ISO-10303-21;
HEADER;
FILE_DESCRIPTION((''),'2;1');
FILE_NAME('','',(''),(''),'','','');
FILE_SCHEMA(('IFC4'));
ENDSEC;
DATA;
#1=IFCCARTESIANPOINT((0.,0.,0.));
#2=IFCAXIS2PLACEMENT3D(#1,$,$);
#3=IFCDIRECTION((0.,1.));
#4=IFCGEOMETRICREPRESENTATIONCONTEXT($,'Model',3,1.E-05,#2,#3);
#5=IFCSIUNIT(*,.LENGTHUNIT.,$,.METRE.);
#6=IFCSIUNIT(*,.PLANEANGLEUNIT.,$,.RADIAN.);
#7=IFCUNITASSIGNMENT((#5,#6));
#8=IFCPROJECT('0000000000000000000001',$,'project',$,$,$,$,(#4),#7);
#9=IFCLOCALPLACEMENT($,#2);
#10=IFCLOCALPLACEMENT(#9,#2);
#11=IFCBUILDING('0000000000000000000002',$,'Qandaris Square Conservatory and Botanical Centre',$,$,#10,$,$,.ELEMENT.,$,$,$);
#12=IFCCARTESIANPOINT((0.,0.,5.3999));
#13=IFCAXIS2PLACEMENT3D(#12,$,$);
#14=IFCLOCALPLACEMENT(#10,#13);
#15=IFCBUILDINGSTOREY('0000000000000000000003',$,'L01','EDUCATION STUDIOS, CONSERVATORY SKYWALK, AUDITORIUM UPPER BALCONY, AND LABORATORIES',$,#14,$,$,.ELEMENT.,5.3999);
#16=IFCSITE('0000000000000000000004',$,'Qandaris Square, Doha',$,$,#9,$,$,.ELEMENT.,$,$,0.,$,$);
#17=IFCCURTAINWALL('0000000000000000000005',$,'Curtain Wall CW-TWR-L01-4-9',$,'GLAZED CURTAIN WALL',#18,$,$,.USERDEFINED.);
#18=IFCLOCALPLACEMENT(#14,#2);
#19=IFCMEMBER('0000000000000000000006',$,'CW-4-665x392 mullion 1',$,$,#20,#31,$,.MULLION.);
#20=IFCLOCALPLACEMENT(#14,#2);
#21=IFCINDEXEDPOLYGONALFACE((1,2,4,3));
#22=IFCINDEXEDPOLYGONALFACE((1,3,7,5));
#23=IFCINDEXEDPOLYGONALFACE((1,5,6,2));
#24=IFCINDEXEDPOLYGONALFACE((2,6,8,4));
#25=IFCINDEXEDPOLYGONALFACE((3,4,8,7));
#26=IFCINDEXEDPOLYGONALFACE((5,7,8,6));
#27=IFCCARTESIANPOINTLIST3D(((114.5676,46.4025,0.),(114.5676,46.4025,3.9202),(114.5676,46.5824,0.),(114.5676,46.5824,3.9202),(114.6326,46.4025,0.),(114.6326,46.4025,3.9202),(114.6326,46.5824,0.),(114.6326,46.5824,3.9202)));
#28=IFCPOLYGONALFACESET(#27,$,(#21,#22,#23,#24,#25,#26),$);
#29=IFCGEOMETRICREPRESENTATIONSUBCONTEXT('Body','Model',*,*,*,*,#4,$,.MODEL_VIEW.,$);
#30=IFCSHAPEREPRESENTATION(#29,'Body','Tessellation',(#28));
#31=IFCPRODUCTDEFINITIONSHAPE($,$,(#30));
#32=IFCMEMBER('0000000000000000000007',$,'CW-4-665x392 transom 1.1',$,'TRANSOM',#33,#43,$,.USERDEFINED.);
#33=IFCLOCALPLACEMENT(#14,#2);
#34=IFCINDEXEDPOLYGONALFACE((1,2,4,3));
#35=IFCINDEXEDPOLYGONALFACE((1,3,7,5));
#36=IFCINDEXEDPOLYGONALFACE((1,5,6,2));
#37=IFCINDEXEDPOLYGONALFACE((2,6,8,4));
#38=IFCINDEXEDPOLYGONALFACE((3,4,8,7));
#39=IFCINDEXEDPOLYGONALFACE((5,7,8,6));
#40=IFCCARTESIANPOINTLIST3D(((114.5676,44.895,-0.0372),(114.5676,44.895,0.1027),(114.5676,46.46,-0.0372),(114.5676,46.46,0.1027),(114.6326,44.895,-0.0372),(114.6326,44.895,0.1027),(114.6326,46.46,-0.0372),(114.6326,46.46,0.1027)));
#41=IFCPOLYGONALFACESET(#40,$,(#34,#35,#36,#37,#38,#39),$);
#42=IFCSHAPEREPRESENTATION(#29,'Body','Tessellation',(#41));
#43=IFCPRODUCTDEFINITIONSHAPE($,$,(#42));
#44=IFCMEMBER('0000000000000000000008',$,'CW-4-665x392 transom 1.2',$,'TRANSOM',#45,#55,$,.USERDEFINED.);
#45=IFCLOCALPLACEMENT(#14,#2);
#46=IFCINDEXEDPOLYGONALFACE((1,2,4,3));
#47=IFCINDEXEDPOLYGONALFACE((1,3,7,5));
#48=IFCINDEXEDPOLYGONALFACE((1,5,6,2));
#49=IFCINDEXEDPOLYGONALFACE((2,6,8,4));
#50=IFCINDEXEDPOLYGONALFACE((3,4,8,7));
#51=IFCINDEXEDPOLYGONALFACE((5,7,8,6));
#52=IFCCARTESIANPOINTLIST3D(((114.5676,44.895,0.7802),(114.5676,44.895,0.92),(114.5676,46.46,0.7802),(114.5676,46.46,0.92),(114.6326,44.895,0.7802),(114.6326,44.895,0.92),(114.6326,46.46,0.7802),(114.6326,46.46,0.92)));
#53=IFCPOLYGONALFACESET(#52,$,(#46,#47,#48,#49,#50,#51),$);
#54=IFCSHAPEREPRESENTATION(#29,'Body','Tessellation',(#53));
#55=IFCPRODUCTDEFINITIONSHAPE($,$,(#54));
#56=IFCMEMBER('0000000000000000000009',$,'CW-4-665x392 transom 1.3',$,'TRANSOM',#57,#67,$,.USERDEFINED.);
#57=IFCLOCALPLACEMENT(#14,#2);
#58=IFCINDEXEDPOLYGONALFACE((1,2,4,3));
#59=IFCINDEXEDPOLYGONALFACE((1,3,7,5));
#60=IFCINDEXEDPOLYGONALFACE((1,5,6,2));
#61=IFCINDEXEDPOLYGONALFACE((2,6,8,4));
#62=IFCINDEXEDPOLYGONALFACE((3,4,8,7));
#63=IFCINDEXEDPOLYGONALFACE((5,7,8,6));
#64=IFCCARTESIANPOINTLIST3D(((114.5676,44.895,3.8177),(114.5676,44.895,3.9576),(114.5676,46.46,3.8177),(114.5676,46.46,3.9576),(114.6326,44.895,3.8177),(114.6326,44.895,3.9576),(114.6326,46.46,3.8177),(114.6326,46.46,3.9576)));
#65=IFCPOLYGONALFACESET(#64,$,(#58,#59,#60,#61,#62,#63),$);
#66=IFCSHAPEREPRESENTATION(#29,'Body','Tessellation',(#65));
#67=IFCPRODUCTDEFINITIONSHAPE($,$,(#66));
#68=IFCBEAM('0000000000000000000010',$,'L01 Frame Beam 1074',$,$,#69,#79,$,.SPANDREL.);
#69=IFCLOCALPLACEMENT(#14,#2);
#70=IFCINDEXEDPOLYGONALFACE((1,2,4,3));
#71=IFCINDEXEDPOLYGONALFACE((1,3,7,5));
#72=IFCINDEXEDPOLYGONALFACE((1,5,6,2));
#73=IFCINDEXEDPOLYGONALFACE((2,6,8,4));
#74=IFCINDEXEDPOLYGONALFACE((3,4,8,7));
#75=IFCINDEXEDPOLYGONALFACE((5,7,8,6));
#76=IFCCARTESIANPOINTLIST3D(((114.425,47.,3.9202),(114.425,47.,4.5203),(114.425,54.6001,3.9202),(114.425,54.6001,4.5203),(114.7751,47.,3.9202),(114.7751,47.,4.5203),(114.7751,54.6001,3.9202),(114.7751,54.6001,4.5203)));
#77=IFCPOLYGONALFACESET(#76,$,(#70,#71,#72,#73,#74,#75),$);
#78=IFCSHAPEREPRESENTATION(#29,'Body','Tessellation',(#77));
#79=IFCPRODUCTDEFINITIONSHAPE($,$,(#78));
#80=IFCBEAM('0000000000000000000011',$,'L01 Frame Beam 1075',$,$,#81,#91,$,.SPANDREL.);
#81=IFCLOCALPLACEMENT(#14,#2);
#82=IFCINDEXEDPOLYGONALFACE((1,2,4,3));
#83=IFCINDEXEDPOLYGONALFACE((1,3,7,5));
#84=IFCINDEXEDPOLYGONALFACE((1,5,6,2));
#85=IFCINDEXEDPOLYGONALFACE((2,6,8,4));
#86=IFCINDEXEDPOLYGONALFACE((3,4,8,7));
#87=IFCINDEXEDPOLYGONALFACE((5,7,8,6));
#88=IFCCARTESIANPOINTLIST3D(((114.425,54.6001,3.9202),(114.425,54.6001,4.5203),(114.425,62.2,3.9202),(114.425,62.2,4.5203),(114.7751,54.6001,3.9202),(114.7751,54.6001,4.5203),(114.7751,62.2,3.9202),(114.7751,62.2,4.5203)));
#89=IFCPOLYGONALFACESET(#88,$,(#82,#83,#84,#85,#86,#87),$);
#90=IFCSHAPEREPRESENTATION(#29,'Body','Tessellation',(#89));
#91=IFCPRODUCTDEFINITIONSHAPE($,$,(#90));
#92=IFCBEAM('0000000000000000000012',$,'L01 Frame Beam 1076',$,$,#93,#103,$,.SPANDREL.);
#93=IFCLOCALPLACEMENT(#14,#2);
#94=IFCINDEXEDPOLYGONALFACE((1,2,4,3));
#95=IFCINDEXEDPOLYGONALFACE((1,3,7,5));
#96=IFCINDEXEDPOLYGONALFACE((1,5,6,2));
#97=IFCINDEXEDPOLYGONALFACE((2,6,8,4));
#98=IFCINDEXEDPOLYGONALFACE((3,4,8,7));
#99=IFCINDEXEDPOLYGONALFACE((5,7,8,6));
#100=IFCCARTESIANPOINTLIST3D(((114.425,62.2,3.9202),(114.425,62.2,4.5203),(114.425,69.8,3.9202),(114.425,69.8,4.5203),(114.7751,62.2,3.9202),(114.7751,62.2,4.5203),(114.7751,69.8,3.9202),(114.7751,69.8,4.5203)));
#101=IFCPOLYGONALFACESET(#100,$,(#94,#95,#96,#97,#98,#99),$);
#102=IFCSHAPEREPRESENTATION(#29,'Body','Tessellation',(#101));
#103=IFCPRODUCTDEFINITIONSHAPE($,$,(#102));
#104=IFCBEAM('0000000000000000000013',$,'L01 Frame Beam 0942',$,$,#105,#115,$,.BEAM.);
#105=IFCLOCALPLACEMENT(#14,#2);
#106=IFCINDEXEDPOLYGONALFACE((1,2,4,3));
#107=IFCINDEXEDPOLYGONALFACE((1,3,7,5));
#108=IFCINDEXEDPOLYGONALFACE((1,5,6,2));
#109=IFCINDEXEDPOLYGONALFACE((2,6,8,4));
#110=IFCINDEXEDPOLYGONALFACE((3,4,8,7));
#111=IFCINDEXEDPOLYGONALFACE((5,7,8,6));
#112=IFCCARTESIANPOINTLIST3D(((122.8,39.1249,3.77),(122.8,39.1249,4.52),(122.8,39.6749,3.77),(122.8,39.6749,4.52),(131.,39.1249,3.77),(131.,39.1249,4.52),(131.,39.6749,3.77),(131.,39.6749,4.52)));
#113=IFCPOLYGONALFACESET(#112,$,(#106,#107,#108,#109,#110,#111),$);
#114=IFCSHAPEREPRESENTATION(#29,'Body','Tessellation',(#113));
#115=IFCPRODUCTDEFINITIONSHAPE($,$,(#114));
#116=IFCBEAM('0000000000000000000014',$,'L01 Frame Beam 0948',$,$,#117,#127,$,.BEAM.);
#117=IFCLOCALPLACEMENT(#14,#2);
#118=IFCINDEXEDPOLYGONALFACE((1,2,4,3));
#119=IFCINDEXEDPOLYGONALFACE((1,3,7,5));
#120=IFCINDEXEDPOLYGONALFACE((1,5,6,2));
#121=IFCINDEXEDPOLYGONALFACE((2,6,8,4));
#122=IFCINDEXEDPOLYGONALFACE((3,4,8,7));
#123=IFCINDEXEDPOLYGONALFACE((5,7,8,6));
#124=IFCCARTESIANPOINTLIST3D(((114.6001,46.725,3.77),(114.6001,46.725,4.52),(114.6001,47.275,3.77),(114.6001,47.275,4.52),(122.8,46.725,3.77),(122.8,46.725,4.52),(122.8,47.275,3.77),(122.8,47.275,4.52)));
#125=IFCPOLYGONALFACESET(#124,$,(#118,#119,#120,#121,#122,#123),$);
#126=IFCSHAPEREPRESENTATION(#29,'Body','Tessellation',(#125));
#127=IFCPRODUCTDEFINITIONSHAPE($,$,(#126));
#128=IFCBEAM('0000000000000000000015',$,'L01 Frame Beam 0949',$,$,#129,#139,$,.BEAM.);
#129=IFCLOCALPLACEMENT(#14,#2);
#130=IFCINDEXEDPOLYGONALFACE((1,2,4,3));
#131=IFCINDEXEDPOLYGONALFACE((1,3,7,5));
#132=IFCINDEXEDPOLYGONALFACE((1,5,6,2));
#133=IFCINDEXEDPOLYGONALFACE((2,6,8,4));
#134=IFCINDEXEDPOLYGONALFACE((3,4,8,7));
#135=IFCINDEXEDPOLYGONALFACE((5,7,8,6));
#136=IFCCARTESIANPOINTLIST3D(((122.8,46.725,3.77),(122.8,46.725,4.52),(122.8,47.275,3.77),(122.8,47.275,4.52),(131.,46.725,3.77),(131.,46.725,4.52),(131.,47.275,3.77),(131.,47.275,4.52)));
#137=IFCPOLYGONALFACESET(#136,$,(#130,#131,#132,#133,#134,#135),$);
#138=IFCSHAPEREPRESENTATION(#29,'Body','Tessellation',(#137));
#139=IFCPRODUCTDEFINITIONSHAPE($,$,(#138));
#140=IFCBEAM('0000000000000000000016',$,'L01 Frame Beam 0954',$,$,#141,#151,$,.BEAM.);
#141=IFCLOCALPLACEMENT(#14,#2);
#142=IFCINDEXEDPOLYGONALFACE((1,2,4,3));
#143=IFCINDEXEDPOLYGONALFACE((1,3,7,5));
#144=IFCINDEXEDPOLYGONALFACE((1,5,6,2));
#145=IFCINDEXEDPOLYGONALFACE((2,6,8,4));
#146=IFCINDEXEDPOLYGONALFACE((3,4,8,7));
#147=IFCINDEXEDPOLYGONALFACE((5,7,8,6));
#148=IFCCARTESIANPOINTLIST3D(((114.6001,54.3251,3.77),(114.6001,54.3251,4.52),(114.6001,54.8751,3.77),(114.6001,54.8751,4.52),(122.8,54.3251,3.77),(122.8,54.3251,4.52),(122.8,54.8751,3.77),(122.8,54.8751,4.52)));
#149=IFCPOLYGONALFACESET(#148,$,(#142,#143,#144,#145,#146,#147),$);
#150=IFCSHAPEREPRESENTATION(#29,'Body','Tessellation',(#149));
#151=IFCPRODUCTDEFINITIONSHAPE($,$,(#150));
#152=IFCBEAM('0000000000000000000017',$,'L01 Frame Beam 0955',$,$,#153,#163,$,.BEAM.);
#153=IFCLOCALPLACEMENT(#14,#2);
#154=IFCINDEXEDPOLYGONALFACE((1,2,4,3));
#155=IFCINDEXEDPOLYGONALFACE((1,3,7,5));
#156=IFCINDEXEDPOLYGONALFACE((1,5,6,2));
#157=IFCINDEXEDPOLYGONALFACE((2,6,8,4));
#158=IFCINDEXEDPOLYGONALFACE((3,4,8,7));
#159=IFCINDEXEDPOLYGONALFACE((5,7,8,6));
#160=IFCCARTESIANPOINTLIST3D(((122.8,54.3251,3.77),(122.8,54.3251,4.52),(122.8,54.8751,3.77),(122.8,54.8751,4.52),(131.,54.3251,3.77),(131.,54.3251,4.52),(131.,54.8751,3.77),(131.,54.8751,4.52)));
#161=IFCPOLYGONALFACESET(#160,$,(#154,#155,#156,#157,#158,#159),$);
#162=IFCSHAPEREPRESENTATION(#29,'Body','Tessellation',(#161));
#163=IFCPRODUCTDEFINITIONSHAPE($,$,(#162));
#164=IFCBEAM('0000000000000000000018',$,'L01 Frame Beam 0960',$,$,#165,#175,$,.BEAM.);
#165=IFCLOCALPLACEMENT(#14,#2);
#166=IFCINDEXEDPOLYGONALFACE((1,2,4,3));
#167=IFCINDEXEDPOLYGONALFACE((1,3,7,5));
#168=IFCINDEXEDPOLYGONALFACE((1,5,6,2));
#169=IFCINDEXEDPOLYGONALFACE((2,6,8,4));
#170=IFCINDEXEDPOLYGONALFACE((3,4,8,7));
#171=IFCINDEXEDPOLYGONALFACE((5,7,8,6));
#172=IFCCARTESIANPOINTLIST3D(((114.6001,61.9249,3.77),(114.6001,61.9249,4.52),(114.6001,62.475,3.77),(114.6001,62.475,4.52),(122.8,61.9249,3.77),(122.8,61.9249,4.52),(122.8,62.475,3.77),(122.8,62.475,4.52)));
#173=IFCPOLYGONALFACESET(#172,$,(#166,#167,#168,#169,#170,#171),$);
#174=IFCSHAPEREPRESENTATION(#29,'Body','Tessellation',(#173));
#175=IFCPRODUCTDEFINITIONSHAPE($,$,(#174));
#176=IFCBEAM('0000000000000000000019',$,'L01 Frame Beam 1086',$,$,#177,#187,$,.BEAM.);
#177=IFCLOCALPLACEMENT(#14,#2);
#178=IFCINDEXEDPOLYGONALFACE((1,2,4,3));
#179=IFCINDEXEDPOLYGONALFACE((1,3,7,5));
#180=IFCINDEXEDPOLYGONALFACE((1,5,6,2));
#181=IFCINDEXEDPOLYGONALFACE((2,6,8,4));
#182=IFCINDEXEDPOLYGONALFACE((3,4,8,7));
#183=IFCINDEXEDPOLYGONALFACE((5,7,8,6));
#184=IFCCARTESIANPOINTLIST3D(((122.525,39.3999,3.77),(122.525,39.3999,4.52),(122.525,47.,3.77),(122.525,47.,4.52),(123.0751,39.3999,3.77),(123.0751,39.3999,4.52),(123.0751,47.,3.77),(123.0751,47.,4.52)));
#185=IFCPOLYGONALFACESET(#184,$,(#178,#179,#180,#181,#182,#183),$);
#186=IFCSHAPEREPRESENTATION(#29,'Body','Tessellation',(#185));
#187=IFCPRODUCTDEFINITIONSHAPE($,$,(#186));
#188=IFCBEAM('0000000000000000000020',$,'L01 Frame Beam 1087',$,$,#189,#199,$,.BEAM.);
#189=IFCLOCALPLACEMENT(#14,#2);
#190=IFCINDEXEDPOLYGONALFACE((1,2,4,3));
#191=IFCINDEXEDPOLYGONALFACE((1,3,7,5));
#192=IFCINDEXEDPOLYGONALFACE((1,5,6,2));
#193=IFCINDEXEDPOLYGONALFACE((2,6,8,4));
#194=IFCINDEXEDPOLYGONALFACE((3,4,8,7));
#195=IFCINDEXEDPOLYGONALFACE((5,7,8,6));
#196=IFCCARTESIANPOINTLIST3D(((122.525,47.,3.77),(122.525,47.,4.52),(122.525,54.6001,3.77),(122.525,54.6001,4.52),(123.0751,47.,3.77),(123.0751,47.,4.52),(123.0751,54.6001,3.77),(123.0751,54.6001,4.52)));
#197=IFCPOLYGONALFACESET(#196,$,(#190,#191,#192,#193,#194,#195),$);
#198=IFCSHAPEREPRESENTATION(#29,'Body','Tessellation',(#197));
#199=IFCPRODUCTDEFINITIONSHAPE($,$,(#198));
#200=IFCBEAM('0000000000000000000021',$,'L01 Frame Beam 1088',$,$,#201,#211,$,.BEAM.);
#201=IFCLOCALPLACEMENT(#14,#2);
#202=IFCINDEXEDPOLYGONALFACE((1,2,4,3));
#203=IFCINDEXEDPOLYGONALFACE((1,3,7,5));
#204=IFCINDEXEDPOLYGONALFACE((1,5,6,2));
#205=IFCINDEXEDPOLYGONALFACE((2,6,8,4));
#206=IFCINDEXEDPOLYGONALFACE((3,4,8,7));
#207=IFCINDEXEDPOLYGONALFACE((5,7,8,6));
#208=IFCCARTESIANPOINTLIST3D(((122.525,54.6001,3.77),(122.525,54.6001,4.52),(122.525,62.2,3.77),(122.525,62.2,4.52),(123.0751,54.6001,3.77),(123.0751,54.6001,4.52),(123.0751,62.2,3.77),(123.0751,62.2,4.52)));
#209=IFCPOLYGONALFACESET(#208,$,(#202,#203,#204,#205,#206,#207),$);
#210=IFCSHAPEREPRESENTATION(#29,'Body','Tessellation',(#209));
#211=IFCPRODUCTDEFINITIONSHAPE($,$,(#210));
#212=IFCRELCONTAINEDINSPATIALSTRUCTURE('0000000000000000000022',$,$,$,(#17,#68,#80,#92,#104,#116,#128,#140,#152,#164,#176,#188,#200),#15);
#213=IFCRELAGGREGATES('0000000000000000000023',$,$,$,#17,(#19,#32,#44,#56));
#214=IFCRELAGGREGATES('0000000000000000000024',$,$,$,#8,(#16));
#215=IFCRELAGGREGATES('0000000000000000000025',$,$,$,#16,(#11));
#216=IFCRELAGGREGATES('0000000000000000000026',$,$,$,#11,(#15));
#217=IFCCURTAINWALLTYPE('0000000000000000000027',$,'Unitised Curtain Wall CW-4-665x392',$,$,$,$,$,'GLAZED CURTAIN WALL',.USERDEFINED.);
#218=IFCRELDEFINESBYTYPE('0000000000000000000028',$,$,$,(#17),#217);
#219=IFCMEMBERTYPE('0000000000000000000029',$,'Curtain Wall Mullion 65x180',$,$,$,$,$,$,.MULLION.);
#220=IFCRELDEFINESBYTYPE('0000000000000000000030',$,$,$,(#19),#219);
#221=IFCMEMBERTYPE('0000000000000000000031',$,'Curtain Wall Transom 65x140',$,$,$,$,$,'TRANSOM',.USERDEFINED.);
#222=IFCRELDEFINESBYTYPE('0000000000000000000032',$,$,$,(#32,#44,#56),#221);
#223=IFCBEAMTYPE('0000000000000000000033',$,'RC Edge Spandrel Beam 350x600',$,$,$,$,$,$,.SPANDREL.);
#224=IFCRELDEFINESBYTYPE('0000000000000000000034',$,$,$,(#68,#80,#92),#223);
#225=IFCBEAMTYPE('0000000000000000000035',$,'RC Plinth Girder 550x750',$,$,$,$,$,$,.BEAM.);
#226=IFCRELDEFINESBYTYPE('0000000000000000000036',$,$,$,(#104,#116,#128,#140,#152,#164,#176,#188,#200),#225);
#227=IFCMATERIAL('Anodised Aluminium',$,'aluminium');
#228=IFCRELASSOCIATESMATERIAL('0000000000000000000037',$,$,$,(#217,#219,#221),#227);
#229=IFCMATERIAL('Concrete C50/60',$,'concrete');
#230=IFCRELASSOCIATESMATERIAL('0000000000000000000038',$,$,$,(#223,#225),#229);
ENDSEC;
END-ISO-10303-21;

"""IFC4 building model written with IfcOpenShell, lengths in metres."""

from ifc_helpers import new_model, si_unit, direction, frame, origin, origin_2d, place, context, subcontext, project, spatial, rectangle, extrude, material, material_profile, profile_set, type_object, element, aggregate, save


model = new_model("IFC4")

# Units and contexts
model_context = context("Model", 3, precision=1e-05, world=origin(), true_north=direction((0.0, 1.0)))
body_context = subcontext(model_context, "Body", "Model", "MODEL_VIEW")
ifc_project = project(units=[si_unit("LENGTHUNIT", "METRE"), si_unit("PLANEANGLEUNIT", "RADIAN")], contexts=[model_context])

# Site, building, storey
site_placement = place(None, origin())
site = spatial("IfcSite", under=ifc_project, at=site_placement, Name="Qandaris Square, Doha", CompositionType="ELEMENT", RefElevation=0.0)
building_placement = place(site_placement, origin())
building = spatial("IfcBuilding", under=site, at=building_placement, Name="Qandaris Square Conservatory and Botanical Centre", CompositionType="ELEMENT")
storey_placement = place(building_placement, frame((0.0, 0.0, 5.3999)))
storey = spatial("IfcBuildingStorey", under=building, at=storey_placement, Name="L01", Description="EDUCATION STUDIOS, CONSERVATORY SKYWALK, AUDITORIUM UPPER BALCONY, AND LABORATORIES", CompositionType="ELEMENT", Elevation=5.3999)

# Shared definitions
ifc_material_1 = material(Name="Concrete C50/60", Category="concrete")

# Curtain wall, members
ifc_material_2 = material(Name="Anodised Aluminium", Category="aluminium")
curtain_wall_type = type_object("IfcCurtainWallType", Name="Unitised Curtain Wall CW-4-665x392", ElementType="GLAZED CURTAIN WALL", PredefinedType="USERDEFINED", material=ifc_material_2)
curtain_wall_placement = place(storey_placement, origin())
curtain_wall = element("IfcCurtainWall", 1, at=curtain_wall_placement, inside=storey, type_object=curtain_wall_type, Name="Curtain Wall CW-TWR-L01-4-9", ObjectType="GLAZED CURTAIN WALL", PredefinedType="USERDEFINED")
ifc_material_profile_1 = material_profile(ifc_material_2, rectangle(XDim=0.0649, YDim=0.1799, at=origin_2d()), Name="ALU-MUL 65x180")
ifc_profile_set_1 = profile_set([ifc_material_profile_1], Name="Anodised Aluminium")
member_type_1 = type_object("IfcMemberType", Name="Curtain Wall Mullion 65x180", PredefinedType="MULLION", material=ifc_profile_set_1)
member_1_placement = place(storey_placement, frame((114.6001, 46.4924, 0.0), z_axis=(0.0, 0.0, 1.0), x_axis=(1.0, 0.0, 0.0)))
member_1 = element("IfcMember", 2, at=member_1_placement, type_object=member_type_1, Name="CW-4-665x392 mullion 1", PredefinedType="MULLION", context=body_context, shape_type="SweptSolid", body=[
    extrude(rectangle(XDim=0.0649, YDim=0.1799, at=origin_2d()), origin(), (0.0, 0.0, 1.0), 3.9202),
])
ifc_material_profile_2 = material_profile(ifc_material_2, rectangle(XDim=0.0649, YDim=0.1399, at=origin_2d()), Name="ALU-TRN 65x140")
ifc_profile_set_2 = profile_set([ifc_material_profile_2], Name="Anodised Aluminium")
member_type_2 = type_object("IfcMemberType", Name="Curtain Wall Transom 65x140", ElementType="TRANSOM", PredefinedType="USERDEFINED", material=ifc_profile_set_2)
member_2_placement = place(storey_placement, frame((114.6001, 46.46, 0.0327), z_axis=(0.0, -1.0, 0.0), x_axis=(1.0, 0.0, 0.0)))
member_2 = element("IfcMember", 3, at=member_2_placement, type_object=member_type_2, Name="CW-4-665x392 transom 1.1", ObjectType="TRANSOM", PredefinedType="USERDEFINED", context=body_context, shape_type="SweptSolid", body=[
    extrude(rectangle(XDim=0.0649, YDim=0.1399, at=origin_2d()), origin(), (0.0, 0.0, 1.0), 1.5649),
])
member_3_placement = place(storey_placement, frame((114.6001, 46.46, 0.8501), z_axis=(0.0, -1.0, 0.0), x_axis=(1.0, 0.0, 0.0)))
member_3 = element("IfcMember", 4, at=member_3_placement, type_object=member_type_2, Name="CW-4-665x392 transom 1.2", ObjectType="TRANSOM", PredefinedType="USERDEFINED", context=body_context, shape_type="SweptSolid", body=[
    extrude(rectangle(XDim=0.0649, YDim=0.1399, at=origin_2d()), origin(), (0.0, 0.0, 1.0), 1.5649),
])
member_4_placement = place(storey_placement, frame((114.6001, 46.46, 3.8877), z_axis=(0.0, -1.0, 0.0), x_axis=(1.0, 0.0, 0.0)))
member_4 = element("IfcMember", 5, at=member_4_placement, type_object=member_type_2, Name="CW-4-665x392 transom 1.3", ObjectType="TRANSOM", PredefinedType="USERDEFINED", context=body_context, shape_type="SweptSolid", body=[
    extrude(rectangle(XDim=0.0649, YDim=0.1399, at=origin_2d()), origin(), (0.0, 0.0, 1.0), 1.5649),
])
aggregate(curtain_wall, [member_1, member_2, member_3, member_4])

# Beams
ifc_material_profile_3 = material_profile(ifc_material_1, rectangle(XDim=0.3501, YDim=0.6001, at=origin_2d()), Name="RC-SP 350x600")
ifc_profile_set_3 = profile_set([ifc_material_profile_3], Name="Concrete C50/60")
beam_type_1 = type_object("IfcBeamType", Name="RC Edge Spandrel Beam 350x600", PredefinedType="SPANDREL", material=ifc_profile_set_3)
beam_1_placement = place(storey_placement, frame((114.6001, 47.0, 4.2202), z_axis=(0.0, 1.0, 0.0), x_axis=(-1.0, 0.0, 0.0)))
element("IfcBeam", 6, at=beam_1_placement, inside=storey, type_object=beam_type_1, Name="L01 Frame Beam 1074", PredefinedType="SPANDREL", context=body_context, shape_type="SweptSolid", body=[
    extrude(rectangle(XDim=0.3501, YDim=0.6001, at=origin_2d()), origin(), (0.0, 0.0, 1.0), 7.6001),
])
beam_2_placement = place(storey_placement, frame((114.6001, 54.6001, 4.2202), z_axis=(0.0, 1.0, 0.0), x_axis=(-1.0, 0.0, 0.0)))
element("IfcBeam", 7, at=beam_2_placement, inside=storey, type_object=beam_type_1, Name="L01 Frame Beam 1075", PredefinedType="SPANDREL", context=body_context, shape_type="SweptSolid", body=[
    extrude(rectangle(XDim=0.3501, YDim=0.6001, at=origin_2d()), origin(), (0.0, 0.0, 1.0), 7.5999),
])
beam_3_placement = place(storey_placement, frame((114.6001, 62.2, 4.2202), z_axis=(0.0, 1.0, 0.0), x_axis=(-1.0, 0.0, 0.0)))
element("IfcBeam", 8, at=beam_3_placement, inside=storey, type_object=beam_type_1, Name="L01 Frame Beam 1076", PredefinedType="SPANDREL", context=body_context, shape_type="SweptSolid", body=[
    extrude(rectangle(XDim=0.3501, YDim=0.6001, at=origin_2d()), origin(), (0.0, 0.0, 1.0), 7.6001),
])
ifc_material_profile_4 = material_profile(ifc_material_1, rectangle(XDim=0.55, YDim=0.75, at=origin_2d()), Name="RC-BM 550x750")
ifc_profile_set_4 = profile_set([ifc_material_profile_4], Name="Concrete C50/60")
beam_type_2 = type_object("IfcBeamType", Name="RC Plinth Girder 550x750", PredefinedType="BEAM", material=ifc_profile_set_4)
for number, where, z_axis, x_axis, name in (
    (9, (122.8, 39.3999, 4.145), (1.0, 0.0, 0.0), (0.0, 1.0, 0.0), "L01 Frame Beam 0942"),
    (10, (114.6001, 47.0, 4.145), (1.0, 0.0, 0.0), (0.0, 1.0, 0.0), "L01 Frame Beam 0948"),
    (11, (122.8, 47.0, 4.145), (1.0, 0.0, 0.0), (0.0, 1.0, 0.0), "L01 Frame Beam 0949"),
    (12, (114.6001, 54.6001, 4.145), (1.0, 0.0, 0.0), (0.0, 1.0, 0.0), "L01 Frame Beam 0954"),
    (13, (122.8, 54.6001, 4.145), (1.0, 0.0, 0.0), (0.0, 1.0, 0.0), "L01 Frame Beam 0955"),
    (14, (114.6001, 62.2, 4.145), (1.0, 0.0, 0.0), (0.0, 1.0, 0.0), "L01 Frame Beam 0960"),
):
    element("IfcBeam", number, at=place(storey_placement, frame(where, z_axis=z_axis, x_axis=x_axis)), inside=storey, type_object=beam_type_2, Name=name, PredefinedType="BEAM", context=body_context, shape_type="SweptSolid", body=[
        extrude(rectangle(XDim=0.55, YDim=0.75, at=origin_2d()), origin(), (0.0, 0.0, 1.0), 8.2),
    ])
for number, where, z_axis, x_axis, name in (
    (15, (122.8, 39.3999, 4.145), (0.0, 1.0, 0.0), (-1.0, 0.0, 0.0), "L01 Frame Beam 1086"),
    (16, (122.8, 47.0, 4.145), (0.0, 1.0, 0.0), (-1.0, 0.0, 0.0), "L01 Frame Beam 1087"),
):
    element("IfcBeam", number, at=place(storey_placement, frame(where, z_axis=z_axis, x_axis=x_axis)), inside=storey, type_object=beam_type_2, Name=name, PredefinedType="BEAM", context=body_context, shape_type="SweptSolid", body=[
        extrude(rectangle(XDim=0.55, YDim=0.75, at=origin_2d()), origin(), (0.0, 0.0, 1.0), 7.6001),
    ])
beam_4_placement = place(storey_placement, frame((122.8, 54.6001, 4.145), z_axis=(0.0, 1.0, 0.0), x_axis=(-1.0, 0.0, 0.0)))
element("IfcBeam", 17, at=beam_4_placement, inside=storey, type_object=beam_type_2, Name="L01 Frame Beam 1088", PredefinedType="BEAM", context=body_context, shape_type="SweptSolid", body=[
    extrude(rectangle(XDim=0.55, YDim=0.75, at=origin_2d()), origin(), (0.0, 0.0, 1.0), 7.5999),
])

save(model, "model.ifc")
